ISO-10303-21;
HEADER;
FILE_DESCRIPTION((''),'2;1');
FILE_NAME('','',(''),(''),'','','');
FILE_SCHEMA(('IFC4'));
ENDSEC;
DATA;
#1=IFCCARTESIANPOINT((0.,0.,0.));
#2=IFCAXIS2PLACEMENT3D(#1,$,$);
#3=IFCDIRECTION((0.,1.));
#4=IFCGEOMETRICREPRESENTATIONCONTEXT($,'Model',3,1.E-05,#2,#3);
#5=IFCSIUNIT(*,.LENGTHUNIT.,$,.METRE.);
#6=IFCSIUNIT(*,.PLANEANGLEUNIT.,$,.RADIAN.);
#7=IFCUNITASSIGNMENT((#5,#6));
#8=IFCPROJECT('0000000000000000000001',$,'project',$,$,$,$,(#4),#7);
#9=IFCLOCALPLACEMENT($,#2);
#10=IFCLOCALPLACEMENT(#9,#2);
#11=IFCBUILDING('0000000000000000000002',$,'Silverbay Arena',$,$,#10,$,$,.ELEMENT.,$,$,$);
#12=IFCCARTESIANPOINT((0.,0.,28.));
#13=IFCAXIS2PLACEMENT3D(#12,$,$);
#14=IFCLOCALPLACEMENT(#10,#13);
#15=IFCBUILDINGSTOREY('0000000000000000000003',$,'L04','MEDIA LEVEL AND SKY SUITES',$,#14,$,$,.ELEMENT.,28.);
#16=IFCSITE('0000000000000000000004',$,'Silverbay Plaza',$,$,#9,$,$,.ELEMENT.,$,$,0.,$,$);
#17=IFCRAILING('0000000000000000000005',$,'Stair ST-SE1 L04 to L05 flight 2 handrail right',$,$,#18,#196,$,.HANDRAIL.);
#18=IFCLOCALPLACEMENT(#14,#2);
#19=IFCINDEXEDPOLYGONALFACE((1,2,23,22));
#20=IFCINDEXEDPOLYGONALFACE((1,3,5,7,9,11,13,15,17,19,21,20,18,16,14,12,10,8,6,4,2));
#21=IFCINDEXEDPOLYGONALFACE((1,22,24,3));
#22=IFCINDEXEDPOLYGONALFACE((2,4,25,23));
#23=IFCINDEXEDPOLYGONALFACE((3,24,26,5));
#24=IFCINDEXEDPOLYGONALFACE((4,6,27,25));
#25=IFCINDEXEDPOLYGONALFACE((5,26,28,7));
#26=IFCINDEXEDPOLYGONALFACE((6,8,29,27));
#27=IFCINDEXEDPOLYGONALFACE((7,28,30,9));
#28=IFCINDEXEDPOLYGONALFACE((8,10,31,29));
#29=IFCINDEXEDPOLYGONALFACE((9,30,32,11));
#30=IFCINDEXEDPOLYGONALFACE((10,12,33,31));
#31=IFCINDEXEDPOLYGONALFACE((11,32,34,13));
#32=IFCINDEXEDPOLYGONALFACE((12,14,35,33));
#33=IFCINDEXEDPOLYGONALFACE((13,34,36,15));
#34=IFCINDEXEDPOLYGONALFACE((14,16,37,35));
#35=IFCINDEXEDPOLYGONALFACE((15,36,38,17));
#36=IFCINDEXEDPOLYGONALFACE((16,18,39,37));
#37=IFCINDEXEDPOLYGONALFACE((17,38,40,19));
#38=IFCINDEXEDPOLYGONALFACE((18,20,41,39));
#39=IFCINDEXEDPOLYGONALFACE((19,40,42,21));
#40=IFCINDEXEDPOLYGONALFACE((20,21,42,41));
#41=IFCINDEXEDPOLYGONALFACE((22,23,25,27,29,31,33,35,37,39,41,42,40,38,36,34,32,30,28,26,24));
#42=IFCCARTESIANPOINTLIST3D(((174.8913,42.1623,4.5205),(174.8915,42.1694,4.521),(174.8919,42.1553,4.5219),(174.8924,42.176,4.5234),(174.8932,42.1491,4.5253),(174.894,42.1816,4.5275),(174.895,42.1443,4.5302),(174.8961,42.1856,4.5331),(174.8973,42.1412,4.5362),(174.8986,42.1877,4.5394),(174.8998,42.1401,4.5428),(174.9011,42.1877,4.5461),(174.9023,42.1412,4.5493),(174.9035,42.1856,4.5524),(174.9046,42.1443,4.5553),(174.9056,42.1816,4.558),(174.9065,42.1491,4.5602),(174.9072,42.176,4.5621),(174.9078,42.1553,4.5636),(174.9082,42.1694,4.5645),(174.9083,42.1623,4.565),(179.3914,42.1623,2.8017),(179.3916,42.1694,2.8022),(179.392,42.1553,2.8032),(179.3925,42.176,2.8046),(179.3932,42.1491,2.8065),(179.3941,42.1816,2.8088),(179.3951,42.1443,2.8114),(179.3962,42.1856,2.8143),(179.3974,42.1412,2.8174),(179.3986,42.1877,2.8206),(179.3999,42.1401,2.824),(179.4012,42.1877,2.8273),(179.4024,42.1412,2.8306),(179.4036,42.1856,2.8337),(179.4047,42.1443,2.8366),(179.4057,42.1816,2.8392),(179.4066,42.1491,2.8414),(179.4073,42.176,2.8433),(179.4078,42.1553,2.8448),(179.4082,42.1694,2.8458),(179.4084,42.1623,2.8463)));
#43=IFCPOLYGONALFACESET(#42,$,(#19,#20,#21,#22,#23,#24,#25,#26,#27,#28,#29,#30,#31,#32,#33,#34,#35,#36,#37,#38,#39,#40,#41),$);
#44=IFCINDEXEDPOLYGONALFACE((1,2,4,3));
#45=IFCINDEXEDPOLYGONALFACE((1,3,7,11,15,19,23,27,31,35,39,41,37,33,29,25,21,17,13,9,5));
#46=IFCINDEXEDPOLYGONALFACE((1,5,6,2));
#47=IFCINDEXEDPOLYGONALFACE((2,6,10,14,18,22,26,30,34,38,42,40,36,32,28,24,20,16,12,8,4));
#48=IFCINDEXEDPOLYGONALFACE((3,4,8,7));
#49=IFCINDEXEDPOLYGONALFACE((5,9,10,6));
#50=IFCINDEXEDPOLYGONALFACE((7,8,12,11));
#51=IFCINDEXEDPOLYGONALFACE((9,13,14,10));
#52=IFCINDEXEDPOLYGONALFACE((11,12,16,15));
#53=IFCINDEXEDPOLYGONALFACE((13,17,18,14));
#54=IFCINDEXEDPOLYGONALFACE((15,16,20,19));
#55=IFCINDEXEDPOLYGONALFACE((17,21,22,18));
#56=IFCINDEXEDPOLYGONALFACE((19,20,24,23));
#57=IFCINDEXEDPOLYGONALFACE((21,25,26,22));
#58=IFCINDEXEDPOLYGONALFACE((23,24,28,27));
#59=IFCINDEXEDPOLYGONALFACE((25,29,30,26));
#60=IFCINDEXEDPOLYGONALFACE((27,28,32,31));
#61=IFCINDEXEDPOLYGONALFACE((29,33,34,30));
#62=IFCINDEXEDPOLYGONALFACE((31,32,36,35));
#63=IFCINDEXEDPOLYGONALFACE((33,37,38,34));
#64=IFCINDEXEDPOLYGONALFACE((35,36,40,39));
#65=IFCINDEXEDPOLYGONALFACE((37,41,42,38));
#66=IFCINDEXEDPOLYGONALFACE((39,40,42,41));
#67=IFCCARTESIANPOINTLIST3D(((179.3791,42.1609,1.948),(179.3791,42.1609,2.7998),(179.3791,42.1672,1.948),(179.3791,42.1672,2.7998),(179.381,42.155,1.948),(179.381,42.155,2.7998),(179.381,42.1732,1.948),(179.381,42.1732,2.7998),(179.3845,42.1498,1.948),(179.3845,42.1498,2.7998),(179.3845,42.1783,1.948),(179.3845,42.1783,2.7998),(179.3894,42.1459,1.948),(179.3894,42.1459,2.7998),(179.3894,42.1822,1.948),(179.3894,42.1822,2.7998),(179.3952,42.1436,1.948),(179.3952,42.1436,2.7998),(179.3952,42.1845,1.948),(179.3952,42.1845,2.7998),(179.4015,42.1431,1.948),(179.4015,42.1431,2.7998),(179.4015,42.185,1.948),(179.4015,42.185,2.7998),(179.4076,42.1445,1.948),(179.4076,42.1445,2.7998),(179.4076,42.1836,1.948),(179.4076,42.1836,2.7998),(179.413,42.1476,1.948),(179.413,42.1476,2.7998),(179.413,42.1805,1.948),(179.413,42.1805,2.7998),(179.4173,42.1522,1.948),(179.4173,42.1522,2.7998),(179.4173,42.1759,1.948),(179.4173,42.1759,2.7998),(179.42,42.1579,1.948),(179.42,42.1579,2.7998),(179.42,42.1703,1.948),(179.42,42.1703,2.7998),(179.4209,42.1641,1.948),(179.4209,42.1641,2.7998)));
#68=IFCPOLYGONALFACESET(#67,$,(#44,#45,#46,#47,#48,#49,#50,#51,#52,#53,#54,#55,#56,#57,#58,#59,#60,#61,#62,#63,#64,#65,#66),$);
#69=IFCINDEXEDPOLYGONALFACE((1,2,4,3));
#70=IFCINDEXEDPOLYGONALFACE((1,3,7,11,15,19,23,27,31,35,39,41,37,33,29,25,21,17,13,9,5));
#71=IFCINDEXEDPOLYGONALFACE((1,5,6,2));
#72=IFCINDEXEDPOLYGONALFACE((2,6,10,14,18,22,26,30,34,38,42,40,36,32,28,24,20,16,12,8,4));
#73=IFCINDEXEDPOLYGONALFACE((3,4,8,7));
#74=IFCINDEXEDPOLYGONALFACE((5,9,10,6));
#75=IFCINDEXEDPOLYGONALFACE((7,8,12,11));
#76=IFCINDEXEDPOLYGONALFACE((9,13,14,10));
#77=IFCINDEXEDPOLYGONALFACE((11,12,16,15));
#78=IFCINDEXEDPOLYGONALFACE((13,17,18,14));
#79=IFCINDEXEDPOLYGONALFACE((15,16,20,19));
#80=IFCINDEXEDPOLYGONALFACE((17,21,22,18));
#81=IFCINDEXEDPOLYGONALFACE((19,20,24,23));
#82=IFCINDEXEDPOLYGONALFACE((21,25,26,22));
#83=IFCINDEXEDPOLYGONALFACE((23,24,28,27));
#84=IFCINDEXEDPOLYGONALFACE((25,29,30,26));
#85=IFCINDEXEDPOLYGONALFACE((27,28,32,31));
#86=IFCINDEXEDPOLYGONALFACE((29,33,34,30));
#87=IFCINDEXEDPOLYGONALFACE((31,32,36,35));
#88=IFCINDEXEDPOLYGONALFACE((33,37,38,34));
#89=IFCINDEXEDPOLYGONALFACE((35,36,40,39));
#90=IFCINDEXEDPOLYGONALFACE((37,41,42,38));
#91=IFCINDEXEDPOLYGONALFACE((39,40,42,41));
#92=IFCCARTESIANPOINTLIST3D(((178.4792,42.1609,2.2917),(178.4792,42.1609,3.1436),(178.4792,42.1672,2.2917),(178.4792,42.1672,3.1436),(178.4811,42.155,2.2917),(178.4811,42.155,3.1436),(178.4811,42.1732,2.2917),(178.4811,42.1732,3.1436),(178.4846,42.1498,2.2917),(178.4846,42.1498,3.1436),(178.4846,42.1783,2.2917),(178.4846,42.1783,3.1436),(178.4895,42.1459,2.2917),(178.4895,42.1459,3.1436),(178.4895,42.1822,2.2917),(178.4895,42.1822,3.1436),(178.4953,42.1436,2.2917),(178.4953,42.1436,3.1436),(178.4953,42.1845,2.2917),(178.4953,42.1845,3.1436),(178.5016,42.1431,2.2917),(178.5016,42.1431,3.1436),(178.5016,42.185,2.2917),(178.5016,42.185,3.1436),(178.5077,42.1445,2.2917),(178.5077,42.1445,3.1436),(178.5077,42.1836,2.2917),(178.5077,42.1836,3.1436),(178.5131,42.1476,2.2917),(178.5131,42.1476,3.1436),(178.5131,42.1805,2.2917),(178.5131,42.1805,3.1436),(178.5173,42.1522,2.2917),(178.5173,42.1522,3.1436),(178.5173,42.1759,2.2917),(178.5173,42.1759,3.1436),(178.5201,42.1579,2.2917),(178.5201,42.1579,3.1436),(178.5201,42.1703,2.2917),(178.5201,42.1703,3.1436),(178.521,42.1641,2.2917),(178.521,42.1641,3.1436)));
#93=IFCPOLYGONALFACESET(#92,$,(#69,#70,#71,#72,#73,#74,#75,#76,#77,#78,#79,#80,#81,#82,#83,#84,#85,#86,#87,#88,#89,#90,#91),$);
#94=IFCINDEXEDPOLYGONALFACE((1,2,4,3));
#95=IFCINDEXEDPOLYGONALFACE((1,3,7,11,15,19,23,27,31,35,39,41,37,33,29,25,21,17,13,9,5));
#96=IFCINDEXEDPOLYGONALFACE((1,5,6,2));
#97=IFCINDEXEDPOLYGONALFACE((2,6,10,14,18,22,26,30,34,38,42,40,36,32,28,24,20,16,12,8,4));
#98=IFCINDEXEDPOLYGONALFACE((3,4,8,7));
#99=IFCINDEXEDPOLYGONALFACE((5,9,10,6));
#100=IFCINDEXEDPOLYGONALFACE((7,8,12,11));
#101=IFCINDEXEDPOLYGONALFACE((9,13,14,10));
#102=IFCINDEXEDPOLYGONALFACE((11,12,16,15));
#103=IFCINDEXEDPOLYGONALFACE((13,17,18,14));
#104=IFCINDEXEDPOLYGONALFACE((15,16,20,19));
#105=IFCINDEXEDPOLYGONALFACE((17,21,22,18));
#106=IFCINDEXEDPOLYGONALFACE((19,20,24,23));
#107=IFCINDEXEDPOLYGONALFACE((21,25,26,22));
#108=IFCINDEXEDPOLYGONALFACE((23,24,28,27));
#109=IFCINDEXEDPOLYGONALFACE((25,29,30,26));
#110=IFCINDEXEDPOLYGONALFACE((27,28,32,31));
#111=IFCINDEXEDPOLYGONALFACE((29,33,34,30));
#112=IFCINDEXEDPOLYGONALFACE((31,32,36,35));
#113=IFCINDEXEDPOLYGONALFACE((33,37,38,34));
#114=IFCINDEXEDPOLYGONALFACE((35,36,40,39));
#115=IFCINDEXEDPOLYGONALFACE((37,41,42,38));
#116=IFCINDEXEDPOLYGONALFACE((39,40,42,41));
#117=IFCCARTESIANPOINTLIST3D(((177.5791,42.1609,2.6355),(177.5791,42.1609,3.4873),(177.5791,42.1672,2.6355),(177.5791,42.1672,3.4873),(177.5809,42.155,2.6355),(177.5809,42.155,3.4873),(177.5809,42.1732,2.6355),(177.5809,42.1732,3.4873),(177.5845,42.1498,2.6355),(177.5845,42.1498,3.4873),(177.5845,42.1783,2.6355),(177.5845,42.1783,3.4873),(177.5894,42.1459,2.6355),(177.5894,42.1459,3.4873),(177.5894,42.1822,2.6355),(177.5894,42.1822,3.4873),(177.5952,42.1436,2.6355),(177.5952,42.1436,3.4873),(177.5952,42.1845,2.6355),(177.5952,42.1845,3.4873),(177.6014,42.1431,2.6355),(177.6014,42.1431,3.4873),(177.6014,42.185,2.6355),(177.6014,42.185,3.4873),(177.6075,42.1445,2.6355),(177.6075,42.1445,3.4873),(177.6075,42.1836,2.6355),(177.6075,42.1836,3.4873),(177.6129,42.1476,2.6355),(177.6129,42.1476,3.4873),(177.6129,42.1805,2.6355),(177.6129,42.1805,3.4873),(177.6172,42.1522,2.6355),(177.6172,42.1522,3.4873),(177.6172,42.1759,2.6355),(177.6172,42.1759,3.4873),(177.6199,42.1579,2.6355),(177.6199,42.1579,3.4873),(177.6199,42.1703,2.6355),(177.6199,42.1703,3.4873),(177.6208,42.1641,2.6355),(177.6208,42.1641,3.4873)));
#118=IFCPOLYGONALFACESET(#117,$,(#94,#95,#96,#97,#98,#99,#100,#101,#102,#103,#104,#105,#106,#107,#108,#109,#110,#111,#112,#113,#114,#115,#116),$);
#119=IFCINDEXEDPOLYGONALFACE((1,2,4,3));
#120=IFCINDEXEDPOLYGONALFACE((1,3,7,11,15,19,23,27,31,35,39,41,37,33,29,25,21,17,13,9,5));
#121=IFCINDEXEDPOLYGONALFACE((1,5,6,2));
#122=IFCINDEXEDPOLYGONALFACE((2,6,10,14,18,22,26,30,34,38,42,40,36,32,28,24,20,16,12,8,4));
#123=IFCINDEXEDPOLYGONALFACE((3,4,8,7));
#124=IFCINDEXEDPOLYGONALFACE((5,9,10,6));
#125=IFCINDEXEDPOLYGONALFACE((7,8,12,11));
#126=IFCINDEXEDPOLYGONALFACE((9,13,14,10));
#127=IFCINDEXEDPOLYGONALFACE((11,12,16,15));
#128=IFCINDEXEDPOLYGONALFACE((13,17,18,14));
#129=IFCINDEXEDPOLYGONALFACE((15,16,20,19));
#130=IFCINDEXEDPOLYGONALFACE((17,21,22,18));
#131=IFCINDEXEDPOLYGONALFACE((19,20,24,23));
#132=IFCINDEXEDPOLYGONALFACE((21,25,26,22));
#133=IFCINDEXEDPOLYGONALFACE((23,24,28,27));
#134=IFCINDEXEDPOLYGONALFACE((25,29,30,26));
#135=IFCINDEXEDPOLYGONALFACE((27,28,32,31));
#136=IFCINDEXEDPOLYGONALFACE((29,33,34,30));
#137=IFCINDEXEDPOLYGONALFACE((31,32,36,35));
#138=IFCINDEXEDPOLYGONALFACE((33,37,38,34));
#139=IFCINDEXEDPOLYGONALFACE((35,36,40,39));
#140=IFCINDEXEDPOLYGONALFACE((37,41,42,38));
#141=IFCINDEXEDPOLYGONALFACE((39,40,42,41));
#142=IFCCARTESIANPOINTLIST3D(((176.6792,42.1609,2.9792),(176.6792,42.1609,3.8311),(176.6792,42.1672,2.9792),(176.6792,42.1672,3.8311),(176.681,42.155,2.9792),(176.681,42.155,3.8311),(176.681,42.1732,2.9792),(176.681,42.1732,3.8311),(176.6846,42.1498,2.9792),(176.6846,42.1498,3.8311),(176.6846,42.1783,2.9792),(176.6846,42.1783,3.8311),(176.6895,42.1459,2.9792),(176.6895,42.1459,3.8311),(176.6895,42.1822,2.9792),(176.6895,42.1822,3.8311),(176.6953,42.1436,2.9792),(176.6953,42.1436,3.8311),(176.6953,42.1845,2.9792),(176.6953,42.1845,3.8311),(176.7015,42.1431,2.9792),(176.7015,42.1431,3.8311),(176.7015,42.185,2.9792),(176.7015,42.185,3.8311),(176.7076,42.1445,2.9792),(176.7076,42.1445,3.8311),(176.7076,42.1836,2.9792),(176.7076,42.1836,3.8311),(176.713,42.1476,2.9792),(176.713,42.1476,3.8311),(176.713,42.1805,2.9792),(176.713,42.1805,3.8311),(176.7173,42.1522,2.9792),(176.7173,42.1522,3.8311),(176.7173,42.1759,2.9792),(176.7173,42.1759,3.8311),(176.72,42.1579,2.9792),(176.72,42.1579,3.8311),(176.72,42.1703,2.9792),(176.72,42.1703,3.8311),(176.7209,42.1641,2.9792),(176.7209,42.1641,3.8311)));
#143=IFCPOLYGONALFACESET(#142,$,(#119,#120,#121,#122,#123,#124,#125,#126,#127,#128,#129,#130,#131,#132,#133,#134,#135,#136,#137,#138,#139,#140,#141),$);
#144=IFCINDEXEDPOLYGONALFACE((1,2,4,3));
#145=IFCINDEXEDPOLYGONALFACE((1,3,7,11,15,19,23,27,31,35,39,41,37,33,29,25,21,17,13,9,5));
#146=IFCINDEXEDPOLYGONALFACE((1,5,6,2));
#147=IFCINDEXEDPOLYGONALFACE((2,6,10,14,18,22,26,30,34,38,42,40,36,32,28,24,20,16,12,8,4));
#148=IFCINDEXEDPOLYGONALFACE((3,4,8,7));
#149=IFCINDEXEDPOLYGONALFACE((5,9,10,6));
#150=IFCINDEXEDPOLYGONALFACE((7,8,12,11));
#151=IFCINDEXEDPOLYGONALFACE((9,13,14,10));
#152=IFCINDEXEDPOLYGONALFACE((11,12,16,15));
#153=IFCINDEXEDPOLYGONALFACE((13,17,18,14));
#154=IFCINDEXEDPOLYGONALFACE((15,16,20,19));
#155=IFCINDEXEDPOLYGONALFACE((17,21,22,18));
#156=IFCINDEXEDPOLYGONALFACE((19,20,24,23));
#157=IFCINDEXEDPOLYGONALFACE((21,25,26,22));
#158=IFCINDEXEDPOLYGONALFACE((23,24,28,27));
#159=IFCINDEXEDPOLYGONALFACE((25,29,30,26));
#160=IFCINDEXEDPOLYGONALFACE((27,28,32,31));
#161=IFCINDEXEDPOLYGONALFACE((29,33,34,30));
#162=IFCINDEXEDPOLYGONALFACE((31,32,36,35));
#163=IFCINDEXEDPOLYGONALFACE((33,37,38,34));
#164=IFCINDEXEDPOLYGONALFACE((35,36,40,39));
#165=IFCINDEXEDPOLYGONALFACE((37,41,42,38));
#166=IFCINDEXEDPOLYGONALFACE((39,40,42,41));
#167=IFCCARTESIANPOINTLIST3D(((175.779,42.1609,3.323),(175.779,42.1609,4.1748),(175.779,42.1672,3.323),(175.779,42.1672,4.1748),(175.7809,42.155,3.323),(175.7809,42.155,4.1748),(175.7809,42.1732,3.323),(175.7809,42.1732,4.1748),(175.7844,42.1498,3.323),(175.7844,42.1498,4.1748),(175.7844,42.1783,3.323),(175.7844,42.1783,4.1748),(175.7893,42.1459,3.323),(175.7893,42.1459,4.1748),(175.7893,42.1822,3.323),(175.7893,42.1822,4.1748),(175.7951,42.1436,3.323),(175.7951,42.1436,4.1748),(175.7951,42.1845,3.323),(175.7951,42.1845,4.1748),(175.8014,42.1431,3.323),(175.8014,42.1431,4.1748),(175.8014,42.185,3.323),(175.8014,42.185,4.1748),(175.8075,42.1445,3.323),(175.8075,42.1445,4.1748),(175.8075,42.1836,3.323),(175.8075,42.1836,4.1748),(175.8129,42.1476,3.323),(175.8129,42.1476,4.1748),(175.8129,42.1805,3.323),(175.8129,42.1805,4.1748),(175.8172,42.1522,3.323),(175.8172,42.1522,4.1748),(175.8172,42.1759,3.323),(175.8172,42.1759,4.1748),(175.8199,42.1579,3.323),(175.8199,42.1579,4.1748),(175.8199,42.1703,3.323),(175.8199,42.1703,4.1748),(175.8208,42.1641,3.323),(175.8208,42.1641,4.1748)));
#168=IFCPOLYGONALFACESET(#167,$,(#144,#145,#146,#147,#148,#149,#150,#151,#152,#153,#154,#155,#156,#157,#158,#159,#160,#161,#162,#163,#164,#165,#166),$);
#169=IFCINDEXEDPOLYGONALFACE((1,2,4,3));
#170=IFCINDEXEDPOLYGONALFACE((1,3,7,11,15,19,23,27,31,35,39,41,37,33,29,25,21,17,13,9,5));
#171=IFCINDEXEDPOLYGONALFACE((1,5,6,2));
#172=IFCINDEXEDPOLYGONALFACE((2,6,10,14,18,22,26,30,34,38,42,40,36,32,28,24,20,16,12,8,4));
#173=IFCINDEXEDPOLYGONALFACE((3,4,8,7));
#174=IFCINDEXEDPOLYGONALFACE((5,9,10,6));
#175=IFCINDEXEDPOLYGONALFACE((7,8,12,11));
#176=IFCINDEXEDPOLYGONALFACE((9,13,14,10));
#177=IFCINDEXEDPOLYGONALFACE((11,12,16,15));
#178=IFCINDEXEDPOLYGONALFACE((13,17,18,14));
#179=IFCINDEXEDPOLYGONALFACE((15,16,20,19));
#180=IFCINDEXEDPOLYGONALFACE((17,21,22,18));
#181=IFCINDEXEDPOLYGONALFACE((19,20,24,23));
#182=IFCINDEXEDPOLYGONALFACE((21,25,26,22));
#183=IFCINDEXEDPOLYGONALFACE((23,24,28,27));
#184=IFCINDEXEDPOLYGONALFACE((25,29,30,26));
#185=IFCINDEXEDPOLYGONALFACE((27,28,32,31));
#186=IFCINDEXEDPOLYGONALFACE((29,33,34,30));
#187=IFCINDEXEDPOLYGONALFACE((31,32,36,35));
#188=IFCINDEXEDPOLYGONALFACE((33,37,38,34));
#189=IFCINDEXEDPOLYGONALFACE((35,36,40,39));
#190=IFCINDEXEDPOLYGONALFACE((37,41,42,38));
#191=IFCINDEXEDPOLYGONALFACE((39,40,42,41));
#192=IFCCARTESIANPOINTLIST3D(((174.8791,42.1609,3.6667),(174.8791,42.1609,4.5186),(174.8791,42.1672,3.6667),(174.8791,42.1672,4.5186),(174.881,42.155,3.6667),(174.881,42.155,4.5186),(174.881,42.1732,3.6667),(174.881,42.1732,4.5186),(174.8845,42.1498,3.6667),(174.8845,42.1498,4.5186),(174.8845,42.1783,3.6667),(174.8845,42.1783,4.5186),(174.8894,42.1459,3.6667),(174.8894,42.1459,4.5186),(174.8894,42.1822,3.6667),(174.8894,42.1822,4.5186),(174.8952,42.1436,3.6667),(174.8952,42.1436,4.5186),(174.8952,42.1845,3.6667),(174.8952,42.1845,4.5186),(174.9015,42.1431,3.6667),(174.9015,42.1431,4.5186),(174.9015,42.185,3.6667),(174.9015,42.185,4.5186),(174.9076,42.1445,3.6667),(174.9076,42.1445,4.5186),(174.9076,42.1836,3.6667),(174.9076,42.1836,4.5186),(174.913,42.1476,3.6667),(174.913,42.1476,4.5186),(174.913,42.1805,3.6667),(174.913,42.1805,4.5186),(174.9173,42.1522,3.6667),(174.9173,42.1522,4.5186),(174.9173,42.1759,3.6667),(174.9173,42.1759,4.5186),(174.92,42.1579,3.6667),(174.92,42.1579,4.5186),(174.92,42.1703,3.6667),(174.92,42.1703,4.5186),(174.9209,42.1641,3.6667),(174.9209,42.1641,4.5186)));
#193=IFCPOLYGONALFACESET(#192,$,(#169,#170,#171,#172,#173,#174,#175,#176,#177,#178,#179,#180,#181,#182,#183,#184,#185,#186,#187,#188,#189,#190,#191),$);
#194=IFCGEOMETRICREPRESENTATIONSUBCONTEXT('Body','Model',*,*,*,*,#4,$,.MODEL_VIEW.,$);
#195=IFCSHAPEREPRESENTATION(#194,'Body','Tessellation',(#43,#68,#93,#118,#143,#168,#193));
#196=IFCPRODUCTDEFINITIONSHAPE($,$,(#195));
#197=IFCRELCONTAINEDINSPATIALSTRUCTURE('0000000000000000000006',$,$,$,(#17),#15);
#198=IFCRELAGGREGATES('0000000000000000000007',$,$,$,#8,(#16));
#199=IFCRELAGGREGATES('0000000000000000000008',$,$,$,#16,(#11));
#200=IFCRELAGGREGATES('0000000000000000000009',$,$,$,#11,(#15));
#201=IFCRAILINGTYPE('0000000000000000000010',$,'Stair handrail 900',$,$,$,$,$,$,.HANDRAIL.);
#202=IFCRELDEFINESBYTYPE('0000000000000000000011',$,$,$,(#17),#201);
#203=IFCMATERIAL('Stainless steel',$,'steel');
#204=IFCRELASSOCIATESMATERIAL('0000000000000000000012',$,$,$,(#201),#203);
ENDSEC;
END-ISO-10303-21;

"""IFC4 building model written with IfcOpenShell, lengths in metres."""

from ifc_helpers import new_model, si_unit, direction, frame, origin, origin_2d, place, context, subcontext, project, spatial, circle, extrude, material, type_object, element, save


model = new_model("IFC4")

# Units and contexts
model_context = context("Model", 3, precision=1e-05, world=origin(), true_north=direction((0.0, 1.0)))
body_context = subcontext(model_context, "Body", "Model", "MODEL_VIEW")
ifc_project = project(units=[si_unit("LENGTHUNIT", "METRE"), si_unit("PLANEANGLEUNIT", "RADIAN")], contexts=[model_context])

# Site, building, storey
site_placement = place(None, origin())
site = spatial("IfcSite", under=ifc_project, at=site_placement, Name="Silverbay Plaza", CompositionType="ELEMENT", RefElevation=0.0)
building_placement = place(site_placement, origin())
building = spatial("IfcBuilding", under=site, at=building_placement, Name="Silverbay Arena", CompositionType="ELEMENT")
storey_placement = place(building_placement, frame((0.0, 0.0, 28.0)))
storey = spatial("IfcBuildingStorey", under=building, at=storey_placement, Name="L04", Description="MEDIA LEVEL AND SKY SUITES", CompositionType="ELEMENT", Elevation=28.0)

# Railing
ifc_material_1 = material(Name="Stainless steel", Category="steel")
railing_type_1 = type_object("IfcRailingType", Name="Stair handrail 900", PredefinedType="HANDRAIL", material=ifc_material_1)
for number, where, name in (
    (1, (179.3999, 42.1641, 1.948), "Stair ST-SE1 L04 to L05 flight 2 handrail right"),
):
    element("IfcRailing", number, at=place(storey_placement, frame(where)), inside=storey, type_object=railing_type_1, Name=name, PredefinedType="HANDRAIL", context=body_context, shape_type="SweptSolid", body=[
        extrude(circle(Radius=0.0239, at=origin_2d()), frame((0.0, 0.0, 0.876), z_axis=(-0.934179, 0.0, 0.356805), x_axis=(0.0, -1.0, 0.0)), (0.0, 0.0, 1.0), 4.8171),
        extrude(circle(Radius=0.021, at=origin_2d()), origin(), (0.0, 0.0, 1.0), 0.8518),
        extrude(circle(Radius=0.021, at=origin_2d()), frame((-0.8999, 0.0, 0.3438)), (0.0, 0.0, 1.0), 0.8518),
        extrude(circle(Radius=0.021, at=origin_2d()), frame((-1.8, 0.0, 0.6875)), (0.0, 0.0, 1.0), 0.8518),
        extrude(circle(Radius=0.021, at=origin_2d()), frame((-2.7, 0.0, 1.0312)), (0.0, 0.0, 1.0), 0.8518),
        extrude(circle(Radius=0.021, at=origin_2d()), frame((-3.6001, 0.0, 1.375)), (0.0, 0.0, 1.0), 0.8518),
        extrude(circle(Radius=0.021, at=origin_2d()), frame((-4.5, 0.0, 1.7188)), (0.0, 0.0, 1.0), 0.8518),
    ])

save(model, "model.ifc")
